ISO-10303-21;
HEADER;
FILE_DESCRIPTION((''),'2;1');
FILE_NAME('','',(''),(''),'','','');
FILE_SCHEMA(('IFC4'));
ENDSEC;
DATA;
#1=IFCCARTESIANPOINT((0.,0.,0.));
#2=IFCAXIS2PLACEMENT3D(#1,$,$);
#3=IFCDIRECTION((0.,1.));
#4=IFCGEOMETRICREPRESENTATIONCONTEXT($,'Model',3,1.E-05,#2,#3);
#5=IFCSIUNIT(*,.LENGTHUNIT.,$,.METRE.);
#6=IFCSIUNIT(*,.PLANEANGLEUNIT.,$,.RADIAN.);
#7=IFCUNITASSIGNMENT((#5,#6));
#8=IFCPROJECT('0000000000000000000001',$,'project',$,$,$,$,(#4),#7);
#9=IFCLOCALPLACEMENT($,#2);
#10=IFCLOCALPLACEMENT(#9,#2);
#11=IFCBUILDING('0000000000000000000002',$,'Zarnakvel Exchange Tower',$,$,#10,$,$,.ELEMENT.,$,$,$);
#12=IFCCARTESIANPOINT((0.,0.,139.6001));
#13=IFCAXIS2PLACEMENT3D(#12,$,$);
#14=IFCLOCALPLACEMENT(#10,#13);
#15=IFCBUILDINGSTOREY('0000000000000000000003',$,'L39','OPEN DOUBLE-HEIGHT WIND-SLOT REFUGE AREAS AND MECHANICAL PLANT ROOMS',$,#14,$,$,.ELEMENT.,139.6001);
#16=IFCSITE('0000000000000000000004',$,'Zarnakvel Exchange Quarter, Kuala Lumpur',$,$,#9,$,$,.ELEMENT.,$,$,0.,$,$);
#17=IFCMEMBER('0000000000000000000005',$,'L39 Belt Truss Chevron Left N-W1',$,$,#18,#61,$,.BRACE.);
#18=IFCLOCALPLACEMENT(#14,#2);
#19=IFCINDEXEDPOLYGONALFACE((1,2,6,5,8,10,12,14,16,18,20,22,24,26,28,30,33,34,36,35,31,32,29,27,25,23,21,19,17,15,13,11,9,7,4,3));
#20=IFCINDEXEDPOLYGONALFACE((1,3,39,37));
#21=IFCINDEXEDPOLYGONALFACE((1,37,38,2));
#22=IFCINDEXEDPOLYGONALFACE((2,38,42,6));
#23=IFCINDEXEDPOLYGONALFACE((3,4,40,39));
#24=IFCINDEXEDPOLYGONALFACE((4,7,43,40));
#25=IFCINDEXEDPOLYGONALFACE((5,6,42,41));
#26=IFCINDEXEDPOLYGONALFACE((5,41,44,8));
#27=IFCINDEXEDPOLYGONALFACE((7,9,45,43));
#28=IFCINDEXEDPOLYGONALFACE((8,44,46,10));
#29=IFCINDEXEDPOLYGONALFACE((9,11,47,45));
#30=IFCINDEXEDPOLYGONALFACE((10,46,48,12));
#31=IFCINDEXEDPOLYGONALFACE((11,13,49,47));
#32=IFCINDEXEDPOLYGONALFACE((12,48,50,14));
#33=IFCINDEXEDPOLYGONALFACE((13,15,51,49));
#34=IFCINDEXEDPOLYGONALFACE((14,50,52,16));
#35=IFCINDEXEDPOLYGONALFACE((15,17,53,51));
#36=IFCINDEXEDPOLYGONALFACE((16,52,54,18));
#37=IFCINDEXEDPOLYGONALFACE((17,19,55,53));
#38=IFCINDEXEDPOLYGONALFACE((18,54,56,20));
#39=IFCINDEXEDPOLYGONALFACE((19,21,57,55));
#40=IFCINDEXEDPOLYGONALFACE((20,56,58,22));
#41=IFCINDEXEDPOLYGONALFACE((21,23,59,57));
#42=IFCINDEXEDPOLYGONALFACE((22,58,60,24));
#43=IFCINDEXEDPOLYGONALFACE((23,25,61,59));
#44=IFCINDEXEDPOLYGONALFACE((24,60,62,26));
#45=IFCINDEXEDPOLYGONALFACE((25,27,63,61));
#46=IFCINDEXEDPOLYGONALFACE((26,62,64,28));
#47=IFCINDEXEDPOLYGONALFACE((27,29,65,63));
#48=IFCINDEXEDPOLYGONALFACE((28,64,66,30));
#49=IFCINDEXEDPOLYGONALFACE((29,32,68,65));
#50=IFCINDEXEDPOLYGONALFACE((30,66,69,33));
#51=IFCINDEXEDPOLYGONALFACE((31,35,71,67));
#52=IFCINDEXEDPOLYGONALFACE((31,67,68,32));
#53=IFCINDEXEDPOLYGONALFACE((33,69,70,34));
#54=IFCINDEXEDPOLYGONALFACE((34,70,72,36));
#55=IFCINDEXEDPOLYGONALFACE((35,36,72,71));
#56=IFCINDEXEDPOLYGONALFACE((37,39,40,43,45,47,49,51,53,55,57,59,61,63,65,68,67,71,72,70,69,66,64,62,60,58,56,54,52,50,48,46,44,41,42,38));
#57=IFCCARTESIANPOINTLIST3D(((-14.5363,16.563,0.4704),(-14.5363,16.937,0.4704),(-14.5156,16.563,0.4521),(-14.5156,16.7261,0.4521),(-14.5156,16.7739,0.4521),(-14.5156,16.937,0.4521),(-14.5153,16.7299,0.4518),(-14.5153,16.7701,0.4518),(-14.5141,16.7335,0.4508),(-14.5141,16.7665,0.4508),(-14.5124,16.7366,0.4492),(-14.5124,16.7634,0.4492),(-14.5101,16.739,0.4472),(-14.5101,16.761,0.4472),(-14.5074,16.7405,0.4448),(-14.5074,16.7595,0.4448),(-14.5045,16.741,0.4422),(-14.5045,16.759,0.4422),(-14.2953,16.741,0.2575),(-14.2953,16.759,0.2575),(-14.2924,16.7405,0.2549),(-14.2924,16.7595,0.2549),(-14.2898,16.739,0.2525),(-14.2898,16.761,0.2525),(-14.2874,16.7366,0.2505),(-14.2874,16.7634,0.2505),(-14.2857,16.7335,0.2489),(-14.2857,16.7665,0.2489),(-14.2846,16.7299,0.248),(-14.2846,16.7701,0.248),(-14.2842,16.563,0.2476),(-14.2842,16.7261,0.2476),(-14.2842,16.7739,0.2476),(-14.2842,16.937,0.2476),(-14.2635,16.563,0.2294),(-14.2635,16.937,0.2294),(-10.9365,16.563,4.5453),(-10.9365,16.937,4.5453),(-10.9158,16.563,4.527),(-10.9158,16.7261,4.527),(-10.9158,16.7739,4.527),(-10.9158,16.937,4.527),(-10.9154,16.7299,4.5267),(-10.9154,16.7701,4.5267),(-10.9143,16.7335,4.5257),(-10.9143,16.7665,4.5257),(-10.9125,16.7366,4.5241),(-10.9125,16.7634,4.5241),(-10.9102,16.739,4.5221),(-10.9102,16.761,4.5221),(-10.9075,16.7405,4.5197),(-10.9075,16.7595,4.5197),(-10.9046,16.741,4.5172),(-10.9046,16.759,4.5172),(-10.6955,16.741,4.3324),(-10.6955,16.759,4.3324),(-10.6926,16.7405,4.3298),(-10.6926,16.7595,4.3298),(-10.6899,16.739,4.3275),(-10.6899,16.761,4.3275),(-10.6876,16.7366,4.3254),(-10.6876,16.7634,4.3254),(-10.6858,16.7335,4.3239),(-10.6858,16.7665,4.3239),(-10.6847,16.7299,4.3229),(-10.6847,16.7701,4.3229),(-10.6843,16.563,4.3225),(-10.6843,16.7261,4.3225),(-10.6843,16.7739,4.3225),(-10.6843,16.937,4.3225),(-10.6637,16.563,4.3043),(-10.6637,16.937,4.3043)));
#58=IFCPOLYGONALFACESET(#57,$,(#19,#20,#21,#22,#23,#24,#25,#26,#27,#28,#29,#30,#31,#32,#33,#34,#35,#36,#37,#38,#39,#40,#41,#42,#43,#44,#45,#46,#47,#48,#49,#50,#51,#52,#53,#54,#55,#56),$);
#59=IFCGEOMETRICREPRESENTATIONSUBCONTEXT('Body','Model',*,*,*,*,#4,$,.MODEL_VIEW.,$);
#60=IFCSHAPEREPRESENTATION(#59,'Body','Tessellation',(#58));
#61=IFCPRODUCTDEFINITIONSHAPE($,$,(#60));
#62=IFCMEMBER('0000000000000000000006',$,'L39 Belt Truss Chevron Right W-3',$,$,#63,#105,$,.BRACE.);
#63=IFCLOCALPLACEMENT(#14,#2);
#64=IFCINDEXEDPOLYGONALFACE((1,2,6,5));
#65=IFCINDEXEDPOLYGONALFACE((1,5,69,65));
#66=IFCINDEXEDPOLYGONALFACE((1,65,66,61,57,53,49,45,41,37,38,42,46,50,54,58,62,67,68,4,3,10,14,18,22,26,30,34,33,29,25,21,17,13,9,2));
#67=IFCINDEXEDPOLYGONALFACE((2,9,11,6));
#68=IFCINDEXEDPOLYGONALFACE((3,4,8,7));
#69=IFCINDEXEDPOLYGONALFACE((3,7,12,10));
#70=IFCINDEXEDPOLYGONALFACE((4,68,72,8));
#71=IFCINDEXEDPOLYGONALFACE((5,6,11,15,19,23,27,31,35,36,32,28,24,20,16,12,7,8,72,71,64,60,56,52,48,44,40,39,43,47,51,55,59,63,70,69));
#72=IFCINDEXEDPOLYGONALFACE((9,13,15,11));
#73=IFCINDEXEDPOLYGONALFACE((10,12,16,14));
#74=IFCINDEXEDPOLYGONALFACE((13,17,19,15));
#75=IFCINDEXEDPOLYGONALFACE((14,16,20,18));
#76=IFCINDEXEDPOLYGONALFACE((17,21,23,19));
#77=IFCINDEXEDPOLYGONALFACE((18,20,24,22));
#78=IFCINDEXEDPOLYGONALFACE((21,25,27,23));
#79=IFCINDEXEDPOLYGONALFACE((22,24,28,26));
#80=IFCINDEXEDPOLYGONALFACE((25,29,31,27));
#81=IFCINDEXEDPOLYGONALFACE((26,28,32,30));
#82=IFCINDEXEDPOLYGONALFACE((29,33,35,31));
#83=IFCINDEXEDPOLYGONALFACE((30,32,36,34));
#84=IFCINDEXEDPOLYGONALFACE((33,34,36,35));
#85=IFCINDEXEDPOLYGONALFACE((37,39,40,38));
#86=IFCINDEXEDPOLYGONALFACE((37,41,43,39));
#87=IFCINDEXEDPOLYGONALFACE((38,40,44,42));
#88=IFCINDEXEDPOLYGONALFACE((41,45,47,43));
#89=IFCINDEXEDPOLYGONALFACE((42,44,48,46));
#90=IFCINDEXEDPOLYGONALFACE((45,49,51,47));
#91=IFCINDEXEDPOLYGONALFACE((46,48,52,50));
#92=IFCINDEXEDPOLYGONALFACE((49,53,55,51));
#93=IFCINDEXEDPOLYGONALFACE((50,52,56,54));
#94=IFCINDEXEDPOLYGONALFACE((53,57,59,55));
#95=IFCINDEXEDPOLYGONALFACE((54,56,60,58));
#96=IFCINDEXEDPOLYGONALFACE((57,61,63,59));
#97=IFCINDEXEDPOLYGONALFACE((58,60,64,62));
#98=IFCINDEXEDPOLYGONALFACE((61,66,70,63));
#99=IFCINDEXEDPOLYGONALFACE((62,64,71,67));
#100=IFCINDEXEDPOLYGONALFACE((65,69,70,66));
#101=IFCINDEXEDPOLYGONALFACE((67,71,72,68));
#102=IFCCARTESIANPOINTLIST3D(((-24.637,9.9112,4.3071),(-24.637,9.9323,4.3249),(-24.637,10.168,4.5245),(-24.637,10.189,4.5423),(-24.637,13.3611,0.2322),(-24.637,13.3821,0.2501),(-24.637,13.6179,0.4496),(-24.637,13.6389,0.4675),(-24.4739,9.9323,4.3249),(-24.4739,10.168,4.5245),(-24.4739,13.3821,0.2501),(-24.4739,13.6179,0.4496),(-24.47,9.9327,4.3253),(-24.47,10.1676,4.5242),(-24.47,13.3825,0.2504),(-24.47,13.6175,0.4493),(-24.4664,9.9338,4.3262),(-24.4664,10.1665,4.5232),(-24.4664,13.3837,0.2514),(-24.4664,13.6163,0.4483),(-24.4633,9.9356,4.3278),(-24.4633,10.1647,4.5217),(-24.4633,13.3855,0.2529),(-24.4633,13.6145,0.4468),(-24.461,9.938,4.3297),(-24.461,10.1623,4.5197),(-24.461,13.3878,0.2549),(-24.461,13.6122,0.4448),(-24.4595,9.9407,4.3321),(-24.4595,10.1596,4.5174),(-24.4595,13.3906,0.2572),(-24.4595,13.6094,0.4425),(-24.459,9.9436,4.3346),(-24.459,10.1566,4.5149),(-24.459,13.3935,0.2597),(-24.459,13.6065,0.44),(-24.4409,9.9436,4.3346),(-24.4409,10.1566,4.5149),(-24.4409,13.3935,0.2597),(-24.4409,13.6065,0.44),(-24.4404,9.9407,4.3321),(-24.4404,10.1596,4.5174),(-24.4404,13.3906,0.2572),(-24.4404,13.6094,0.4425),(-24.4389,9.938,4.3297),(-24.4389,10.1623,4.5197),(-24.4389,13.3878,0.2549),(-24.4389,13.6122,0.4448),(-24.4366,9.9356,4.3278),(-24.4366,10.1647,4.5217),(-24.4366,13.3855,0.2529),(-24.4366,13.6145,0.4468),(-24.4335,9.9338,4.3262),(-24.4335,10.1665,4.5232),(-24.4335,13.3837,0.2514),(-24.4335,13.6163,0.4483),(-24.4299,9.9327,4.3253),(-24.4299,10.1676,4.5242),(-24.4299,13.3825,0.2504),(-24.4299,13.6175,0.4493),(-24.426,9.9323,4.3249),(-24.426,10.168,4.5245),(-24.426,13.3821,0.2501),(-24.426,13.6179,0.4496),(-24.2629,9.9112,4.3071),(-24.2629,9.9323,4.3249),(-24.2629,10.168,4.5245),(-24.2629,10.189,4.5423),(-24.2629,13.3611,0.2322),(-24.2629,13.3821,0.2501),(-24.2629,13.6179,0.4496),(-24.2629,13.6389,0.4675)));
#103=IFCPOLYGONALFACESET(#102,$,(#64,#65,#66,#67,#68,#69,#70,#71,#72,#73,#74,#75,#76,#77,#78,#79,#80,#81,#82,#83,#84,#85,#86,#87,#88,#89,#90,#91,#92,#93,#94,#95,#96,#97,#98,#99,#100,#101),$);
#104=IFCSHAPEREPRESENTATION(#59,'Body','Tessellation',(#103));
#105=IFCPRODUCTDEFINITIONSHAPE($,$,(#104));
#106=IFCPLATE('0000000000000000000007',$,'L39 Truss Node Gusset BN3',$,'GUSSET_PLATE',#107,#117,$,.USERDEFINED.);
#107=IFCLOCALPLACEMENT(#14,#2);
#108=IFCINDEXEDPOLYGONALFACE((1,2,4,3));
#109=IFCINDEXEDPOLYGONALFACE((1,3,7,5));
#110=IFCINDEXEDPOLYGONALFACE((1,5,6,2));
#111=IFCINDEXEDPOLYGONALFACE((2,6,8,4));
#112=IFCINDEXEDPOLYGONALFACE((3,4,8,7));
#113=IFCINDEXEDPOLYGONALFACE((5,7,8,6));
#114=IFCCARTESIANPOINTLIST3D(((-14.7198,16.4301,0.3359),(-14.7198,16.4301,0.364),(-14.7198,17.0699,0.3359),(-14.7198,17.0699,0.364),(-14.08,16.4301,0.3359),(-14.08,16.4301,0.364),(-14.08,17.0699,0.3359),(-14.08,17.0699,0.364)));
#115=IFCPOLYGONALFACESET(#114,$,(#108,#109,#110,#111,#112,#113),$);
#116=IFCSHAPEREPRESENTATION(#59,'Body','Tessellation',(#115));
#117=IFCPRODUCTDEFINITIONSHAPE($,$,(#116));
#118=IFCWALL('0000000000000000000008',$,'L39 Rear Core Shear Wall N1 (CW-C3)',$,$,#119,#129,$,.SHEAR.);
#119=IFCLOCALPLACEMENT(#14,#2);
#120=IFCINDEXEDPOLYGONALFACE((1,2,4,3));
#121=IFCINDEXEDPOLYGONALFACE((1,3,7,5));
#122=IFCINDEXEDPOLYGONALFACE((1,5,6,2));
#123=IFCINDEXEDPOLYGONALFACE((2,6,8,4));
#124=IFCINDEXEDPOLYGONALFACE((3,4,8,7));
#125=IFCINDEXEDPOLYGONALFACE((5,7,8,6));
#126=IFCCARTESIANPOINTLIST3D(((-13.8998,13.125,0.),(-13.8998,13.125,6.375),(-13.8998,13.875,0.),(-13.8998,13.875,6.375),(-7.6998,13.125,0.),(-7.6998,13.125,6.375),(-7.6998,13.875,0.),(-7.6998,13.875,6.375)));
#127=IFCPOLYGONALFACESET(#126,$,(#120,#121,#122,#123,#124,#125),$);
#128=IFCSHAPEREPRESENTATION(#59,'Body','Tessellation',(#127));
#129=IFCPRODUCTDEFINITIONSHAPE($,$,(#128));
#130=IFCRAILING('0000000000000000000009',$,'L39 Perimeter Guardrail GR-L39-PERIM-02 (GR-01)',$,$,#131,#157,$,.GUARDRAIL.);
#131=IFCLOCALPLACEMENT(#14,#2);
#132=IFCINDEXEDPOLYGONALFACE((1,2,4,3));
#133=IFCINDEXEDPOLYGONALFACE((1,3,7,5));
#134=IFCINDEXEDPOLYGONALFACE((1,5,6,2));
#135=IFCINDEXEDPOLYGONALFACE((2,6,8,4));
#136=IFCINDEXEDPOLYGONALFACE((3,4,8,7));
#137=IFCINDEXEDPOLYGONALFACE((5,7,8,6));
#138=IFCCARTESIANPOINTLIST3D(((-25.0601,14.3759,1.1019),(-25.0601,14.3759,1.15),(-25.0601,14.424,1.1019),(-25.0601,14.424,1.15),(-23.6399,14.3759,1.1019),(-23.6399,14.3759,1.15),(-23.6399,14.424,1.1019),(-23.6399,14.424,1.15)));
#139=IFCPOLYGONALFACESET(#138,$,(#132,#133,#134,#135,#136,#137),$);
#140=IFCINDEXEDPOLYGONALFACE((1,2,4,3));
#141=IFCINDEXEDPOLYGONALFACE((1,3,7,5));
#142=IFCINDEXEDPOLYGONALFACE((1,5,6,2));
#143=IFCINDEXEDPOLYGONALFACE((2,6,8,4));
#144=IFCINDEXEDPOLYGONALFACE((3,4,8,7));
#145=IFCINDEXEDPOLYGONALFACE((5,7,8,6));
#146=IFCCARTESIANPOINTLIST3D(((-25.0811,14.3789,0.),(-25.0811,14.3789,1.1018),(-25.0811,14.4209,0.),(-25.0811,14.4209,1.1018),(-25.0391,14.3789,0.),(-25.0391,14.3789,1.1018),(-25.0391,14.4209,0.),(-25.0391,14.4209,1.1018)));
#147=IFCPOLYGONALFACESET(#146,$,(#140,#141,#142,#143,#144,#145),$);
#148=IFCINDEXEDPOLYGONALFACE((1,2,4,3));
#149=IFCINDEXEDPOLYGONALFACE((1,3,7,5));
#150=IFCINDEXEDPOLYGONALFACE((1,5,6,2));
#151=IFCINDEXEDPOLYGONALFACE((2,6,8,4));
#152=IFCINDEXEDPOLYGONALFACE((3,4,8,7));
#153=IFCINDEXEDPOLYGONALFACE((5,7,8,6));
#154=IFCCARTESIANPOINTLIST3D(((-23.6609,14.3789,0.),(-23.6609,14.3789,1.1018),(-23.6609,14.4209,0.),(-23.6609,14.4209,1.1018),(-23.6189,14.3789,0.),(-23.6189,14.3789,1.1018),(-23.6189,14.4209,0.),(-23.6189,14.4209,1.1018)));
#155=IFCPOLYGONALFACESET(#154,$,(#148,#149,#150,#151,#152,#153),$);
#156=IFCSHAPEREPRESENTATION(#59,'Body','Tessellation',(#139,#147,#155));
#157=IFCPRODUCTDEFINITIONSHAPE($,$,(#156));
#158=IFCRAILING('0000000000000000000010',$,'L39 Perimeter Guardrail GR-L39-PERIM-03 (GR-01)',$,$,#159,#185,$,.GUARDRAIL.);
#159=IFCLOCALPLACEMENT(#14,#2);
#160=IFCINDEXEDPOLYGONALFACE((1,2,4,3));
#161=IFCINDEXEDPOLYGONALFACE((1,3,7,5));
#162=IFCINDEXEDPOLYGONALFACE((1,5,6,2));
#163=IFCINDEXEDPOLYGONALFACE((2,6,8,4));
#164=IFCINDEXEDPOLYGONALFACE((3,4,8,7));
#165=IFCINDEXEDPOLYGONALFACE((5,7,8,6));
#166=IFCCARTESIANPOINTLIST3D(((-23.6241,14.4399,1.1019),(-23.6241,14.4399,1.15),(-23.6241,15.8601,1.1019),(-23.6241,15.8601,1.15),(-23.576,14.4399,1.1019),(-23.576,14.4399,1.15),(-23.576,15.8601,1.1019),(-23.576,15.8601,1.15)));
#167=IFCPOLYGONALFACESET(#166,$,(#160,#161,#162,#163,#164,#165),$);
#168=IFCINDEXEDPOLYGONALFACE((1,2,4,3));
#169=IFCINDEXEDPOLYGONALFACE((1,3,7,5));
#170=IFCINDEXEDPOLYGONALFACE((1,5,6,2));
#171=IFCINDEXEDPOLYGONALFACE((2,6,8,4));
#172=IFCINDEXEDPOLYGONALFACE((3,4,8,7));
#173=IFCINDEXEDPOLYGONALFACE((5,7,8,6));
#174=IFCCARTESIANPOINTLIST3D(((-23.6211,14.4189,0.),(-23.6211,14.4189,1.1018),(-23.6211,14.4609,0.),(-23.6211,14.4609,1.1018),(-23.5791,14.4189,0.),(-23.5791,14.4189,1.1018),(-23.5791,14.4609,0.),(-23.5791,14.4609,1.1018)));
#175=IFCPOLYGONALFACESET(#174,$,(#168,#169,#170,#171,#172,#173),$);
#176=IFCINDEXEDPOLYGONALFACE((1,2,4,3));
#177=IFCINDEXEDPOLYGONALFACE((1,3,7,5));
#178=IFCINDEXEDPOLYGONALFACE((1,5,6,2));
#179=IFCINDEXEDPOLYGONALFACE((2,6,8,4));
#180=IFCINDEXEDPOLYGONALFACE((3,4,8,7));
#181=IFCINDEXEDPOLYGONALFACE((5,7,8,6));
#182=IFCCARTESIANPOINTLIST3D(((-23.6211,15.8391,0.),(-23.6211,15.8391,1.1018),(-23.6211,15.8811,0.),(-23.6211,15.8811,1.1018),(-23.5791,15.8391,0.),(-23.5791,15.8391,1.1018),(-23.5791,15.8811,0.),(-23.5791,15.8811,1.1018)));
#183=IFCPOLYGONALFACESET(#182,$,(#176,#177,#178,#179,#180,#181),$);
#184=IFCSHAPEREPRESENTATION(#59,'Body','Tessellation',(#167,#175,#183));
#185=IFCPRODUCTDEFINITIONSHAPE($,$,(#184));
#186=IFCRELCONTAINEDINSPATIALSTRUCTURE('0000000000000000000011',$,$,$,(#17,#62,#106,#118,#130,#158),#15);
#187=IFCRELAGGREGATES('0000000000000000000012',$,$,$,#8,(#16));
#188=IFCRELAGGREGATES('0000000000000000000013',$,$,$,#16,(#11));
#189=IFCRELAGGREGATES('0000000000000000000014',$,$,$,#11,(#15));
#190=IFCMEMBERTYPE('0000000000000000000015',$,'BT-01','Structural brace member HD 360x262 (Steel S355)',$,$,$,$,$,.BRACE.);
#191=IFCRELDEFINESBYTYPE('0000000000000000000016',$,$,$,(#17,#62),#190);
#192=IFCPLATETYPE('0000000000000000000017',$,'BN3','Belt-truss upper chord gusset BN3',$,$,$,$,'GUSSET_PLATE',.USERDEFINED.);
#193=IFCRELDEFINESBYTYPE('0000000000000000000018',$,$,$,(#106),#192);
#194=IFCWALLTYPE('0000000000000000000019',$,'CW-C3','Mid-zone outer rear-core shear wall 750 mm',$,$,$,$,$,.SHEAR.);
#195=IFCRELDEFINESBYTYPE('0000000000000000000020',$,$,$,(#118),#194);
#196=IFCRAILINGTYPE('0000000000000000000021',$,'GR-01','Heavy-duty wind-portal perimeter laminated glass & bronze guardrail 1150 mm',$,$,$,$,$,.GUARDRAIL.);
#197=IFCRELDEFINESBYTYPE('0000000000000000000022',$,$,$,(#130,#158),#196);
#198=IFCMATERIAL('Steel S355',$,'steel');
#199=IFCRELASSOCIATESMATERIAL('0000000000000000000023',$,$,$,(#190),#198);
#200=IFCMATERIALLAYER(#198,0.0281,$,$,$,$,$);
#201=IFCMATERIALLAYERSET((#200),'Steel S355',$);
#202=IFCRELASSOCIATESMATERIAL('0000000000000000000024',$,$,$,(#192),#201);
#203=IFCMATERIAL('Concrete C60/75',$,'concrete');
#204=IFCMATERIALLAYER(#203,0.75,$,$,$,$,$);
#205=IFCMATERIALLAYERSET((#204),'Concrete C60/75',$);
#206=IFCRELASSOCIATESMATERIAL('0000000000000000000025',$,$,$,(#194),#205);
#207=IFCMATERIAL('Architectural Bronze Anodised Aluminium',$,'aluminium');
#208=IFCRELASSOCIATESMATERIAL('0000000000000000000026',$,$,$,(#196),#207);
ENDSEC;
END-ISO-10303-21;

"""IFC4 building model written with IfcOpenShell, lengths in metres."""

from ifc_helpers import new_model, si_unit, direction, frame, frame_2d, origin, origin_2d, place, context, subcontext, project, spatial, rectangle, i_section, extrude, source, transform, mapped, material, layer, layer_set, material_profile, profile_set, type_object, element, save


model = new_model("IFC4")

# Units and contexts
model_context = context("Model", 3, precision=1e-05, world=origin(), true_north=direction((0.0, 1.0)))
body_context = subcontext(model_context, "Body", "Model", "MODEL_VIEW")
ifc_project = project(units=[si_unit("LENGTHUNIT", "METRE"), si_unit("PLANEANGLEUNIT", "RADIAN")], contexts=[model_context])

# Site, building, storey
site_placement = place(None, origin())
site = spatial("IfcSite", under=ifc_project, at=site_placement, Name="Zarnakvel Exchange Quarter, Kuala Lumpur", CompositionType="ELEMENT", RefElevation=0.0)
building_placement = place(site_placement, origin())
building = spatial("IfcBuilding", under=site, at=building_placement, Name="Zarnakvel Exchange Tower", CompositionType="ELEMENT")
storey_placement = place(building_placement, frame((0.0, 0.0, 139.6001)))
storey = spatial("IfcBuildingStorey", under=building, at=storey_placement, Name="L39", Description="OPEN DOUBLE-HEIGHT WIND-SLOT REFUGE AREAS AND MECHANICAL PLANT ROOMS", CompositionType="ELEMENT", Elevation=139.6001)

# Shared definitions
ifc_material_1 = material(Name="Concrete C60/75", Category="concrete")
ifc_material_2 = material(Name="Steel S355", Category="steel")

# Members
ifc_material_profile_1 = material_profile(ifc_material_2, i_section(OverallWidth=0.374, OverallDepth=0.364, WebThickness=0.0181, FlangeThickness=0.0276, FilletRadius=0.0149, at=origin_2d()))
ifc_profile_set_1 = profile_set([ifc_material_profile_1], Name="Steel S355")
member_type_1 = type_object("IfcMemberType", Name="BT-01", Description="Structural brace member HD 360x262 (Steel S355)", PredefinedType="BRACE", material=ifc_profile_set_1)
shared_shape_1 = source(origin(), body_context, "Body", "SweptSolid", [
    extrude(i_section(OverallWidth=0.374, OverallDepth=0.364, WebThickness=0.0181, FlangeThickness=0.0276, FilletRadius=0.0149, at=origin_2d()), origin(), (0.0, 0.0, 1.0), 5.4373),
])
member_1_placement = place(storey_placement, frame((-14.3999, 16.75, 0.3499), z_axis=(0.662067, 0.0, 0.749445), x_axis=(0.0, 1.0, 0.0)))
element("IfcMember", 1, at=member_1_placement, inside=storey, type_object=member_type_1, Name="L39 Belt Truss Chevron Left N-W1", PredefinedType="BRACE", context=body_context, shape_type="MappedRepresentation", body=[
    mapped(shared_shape_1, transform((0.0, 0.0, 0.0), x_axis=(1.0, 0.0, 0.0), y_axis=(0.0, 1.0, 0.0), z_axis=(0.0, 0.0, 1.0), scale=1.0)),
])
shared_shape_2 = source(origin(), body_context, "Body", "SweptSolid", [
    extrude(i_section(OverallWidth=0.374, OverallDepth=0.364, WebThickness=0.0181, FlangeThickness=0.0276, FilletRadius=0.0149, at=origin_2d()), origin(), (0.0, 0.0, 1.0), 5.3391),
])
member_2_placement = place(storey_placement, frame((-24.45, 13.5, 0.3499), z_axis=(0.0, -0.646151, 0.763209), x_axis=(1.0, 0.0, 0.0)))
element("IfcMember", 2, at=member_2_placement, inside=storey, type_object=member_type_1, Name="L39 Belt Truss Chevron Right W-3", PredefinedType="BRACE", context=body_context, shape_type="MappedRepresentation", body=[
    mapped(shared_shape_2, transform((0.0, 0.0, 0.0), x_axis=(1.0, 0.0, 0.0), y_axis=(0.0, 1.0, 0.0), z_axis=(0.0, 0.0, 1.0), scale=1.0)),
])

# Plate
ifc_layer_1 = layer(ifc_material_2, 0.0281)
ifc_layer_set_1 = layer_set([ifc_layer_1], Name="Steel S355")
plate_type = type_object("IfcPlateType", Name="BN3", Description="Belt-truss upper chord gusset BN3", ElementType="GUSSET_PLATE", PredefinedType="USERDEFINED", material=ifc_layer_set_1)
shared_shape_3 = source(origin(), body_context, "Body", "SweptSolid", [
    extrude(rectangle(XDim=0.6399, YDim=0.6399, at=origin_2d()), origin(), (0.0, 0.0, 1.0), 0.0281),
])
plate_placement = place(storey_placement, frame((-14.3999, 16.75, 0.3359), z_axis=(0.0, 0.0, 1.0), x_axis=(1.0, 0.0, 0.0)))
element("IfcPlate", 3, at=plate_placement, inside=storey, type_object=plate_type, Name="L39 Truss Node Gusset BN3", ObjectType="GUSSET_PLATE", PredefinedType="USERDEFINED", context=body_context, shape_type="MappedRepresentation", body=[
    mapped(shared_shape_3, transform((0.0, 0.0, 0.0), x_axis=(1.0, 0.0, 0.0), y_axis=(0.0, 1.0, 0.0), z_axis=(0.0, 0.0, 1.0), scale=1.0)),
])

# Wall
ifc_layer_2 = layer(ifc_material_1, 0.75)
ifc_layer_set_2 = layer_set([ifc_layer_2], Name="Concrete C60/75")
wall_type = type_object("IfcWallType", Name="CW-C3", Description="Mid-zone outer rear-core shear wall 750 mm", PredefinedType="SHEAR", material=ifc_layer_set_2)
wall_placement = place(storey_placement, frame((-13.8999, 13.5, 0.0), z_axis=(0.0, 0.0, 1.0), x_axis=(1.0, 0.0, 0.0)))
element("IfcWall", 4, at=wall_placement, inside=storey, type_object=wall_type, Name="L39 Rear Core Shear Wall N1 (CW-C3)", PredefinedType="SHEAR", context=body_context, shape_type="SweptSolid", body=[
    extrude(rectangle(XDim=6.2, YDim=0.75, at=frame_2d((3.1001, 0.0))), origin(), (0.0, 0.0, 1.0), 6.375),
])

# Railings
ifc_material_3 = material(Name="Architectural Bronze Anodised Aluminium", Category="aluminium")
railing_type = type_object("IfcRailingType", Name="GR-01", Description="Heavy-duty wind-portal perimeter laminated glass & bronze guardrail 1150 mm", PredefinedType="GUARDRAIL", material=ifc_material_3)
railing_1_placement = place(storey_placement, frame((-25.0601, 14.3999, 0.0)))
element("IfcRailing", 5, at=railing_1_placement, inside=storey, type_object=railing_type, Name="L39 Perimeter Guardrail GR-L39-PERIM-02 (GR-01)", PredefinedType="GUARDRAIL", context=body_context, shape_type="SweptSolid", body=[
    extrude(rectangle(XDim=0.0481, YDim=0.0481, at=origin_2d()), frame((0.0, 0.0, 1.126), z_axis=(1.0, 0.0, 0.0), x_axis=(0.0, 1.0, 0.0)), (0.0, 0.0, 1.0), 1.4202),
    extrude(rectangle(XDim=0.042, YDim=0.042, at=origin_2d()), origin(), (0.0, 0.0, 1.0), 1.1018),
    extrude(rectangle(XDim=0.042, YDim=0.042, at=origin_2d()), frame((1.4202, 0.0, 0.0)), (0.0, 0.0, 1.0), 1.1018),
])
railing_2_placement = place(storey_placement, frame((-23.6001, 14.4399, 0.0)))
element("IfcRailing", 6, at=railing_2_placement, inside=storey, type_object=railing_type, Name="L39 Perimeter Guardrail GR-L39-PERIM-03 (GR-01)", PredefinedType="GUARDRAIL", context=body_context, shape_type="SweptSolid", body=[
    extrude(rectangle(XDim=0.0481, YDim=0.0481, at=origin_2d()), frame((0.0, 0.0, 1.126), z_axis=(0.0, 1.0, 0.0), x_axis=(-1.0, 0.0, 0.0)), (0.0, 0.0, 1.0), 1.4202),
    extrude(rectangle(XDim=0.042, YDim=0.042, at=origin_2d()), origin(), (0.0, 0.0, 1.0), 1.1018),
    extrude(rectangle(XDim=0.042, YDim=0.042, at=origin_2d()), frame((0.0, 1.4202, 0.0)), (0.0, 0.0, 1.0), 1.1018),
])

save(model, "model.ifc")
